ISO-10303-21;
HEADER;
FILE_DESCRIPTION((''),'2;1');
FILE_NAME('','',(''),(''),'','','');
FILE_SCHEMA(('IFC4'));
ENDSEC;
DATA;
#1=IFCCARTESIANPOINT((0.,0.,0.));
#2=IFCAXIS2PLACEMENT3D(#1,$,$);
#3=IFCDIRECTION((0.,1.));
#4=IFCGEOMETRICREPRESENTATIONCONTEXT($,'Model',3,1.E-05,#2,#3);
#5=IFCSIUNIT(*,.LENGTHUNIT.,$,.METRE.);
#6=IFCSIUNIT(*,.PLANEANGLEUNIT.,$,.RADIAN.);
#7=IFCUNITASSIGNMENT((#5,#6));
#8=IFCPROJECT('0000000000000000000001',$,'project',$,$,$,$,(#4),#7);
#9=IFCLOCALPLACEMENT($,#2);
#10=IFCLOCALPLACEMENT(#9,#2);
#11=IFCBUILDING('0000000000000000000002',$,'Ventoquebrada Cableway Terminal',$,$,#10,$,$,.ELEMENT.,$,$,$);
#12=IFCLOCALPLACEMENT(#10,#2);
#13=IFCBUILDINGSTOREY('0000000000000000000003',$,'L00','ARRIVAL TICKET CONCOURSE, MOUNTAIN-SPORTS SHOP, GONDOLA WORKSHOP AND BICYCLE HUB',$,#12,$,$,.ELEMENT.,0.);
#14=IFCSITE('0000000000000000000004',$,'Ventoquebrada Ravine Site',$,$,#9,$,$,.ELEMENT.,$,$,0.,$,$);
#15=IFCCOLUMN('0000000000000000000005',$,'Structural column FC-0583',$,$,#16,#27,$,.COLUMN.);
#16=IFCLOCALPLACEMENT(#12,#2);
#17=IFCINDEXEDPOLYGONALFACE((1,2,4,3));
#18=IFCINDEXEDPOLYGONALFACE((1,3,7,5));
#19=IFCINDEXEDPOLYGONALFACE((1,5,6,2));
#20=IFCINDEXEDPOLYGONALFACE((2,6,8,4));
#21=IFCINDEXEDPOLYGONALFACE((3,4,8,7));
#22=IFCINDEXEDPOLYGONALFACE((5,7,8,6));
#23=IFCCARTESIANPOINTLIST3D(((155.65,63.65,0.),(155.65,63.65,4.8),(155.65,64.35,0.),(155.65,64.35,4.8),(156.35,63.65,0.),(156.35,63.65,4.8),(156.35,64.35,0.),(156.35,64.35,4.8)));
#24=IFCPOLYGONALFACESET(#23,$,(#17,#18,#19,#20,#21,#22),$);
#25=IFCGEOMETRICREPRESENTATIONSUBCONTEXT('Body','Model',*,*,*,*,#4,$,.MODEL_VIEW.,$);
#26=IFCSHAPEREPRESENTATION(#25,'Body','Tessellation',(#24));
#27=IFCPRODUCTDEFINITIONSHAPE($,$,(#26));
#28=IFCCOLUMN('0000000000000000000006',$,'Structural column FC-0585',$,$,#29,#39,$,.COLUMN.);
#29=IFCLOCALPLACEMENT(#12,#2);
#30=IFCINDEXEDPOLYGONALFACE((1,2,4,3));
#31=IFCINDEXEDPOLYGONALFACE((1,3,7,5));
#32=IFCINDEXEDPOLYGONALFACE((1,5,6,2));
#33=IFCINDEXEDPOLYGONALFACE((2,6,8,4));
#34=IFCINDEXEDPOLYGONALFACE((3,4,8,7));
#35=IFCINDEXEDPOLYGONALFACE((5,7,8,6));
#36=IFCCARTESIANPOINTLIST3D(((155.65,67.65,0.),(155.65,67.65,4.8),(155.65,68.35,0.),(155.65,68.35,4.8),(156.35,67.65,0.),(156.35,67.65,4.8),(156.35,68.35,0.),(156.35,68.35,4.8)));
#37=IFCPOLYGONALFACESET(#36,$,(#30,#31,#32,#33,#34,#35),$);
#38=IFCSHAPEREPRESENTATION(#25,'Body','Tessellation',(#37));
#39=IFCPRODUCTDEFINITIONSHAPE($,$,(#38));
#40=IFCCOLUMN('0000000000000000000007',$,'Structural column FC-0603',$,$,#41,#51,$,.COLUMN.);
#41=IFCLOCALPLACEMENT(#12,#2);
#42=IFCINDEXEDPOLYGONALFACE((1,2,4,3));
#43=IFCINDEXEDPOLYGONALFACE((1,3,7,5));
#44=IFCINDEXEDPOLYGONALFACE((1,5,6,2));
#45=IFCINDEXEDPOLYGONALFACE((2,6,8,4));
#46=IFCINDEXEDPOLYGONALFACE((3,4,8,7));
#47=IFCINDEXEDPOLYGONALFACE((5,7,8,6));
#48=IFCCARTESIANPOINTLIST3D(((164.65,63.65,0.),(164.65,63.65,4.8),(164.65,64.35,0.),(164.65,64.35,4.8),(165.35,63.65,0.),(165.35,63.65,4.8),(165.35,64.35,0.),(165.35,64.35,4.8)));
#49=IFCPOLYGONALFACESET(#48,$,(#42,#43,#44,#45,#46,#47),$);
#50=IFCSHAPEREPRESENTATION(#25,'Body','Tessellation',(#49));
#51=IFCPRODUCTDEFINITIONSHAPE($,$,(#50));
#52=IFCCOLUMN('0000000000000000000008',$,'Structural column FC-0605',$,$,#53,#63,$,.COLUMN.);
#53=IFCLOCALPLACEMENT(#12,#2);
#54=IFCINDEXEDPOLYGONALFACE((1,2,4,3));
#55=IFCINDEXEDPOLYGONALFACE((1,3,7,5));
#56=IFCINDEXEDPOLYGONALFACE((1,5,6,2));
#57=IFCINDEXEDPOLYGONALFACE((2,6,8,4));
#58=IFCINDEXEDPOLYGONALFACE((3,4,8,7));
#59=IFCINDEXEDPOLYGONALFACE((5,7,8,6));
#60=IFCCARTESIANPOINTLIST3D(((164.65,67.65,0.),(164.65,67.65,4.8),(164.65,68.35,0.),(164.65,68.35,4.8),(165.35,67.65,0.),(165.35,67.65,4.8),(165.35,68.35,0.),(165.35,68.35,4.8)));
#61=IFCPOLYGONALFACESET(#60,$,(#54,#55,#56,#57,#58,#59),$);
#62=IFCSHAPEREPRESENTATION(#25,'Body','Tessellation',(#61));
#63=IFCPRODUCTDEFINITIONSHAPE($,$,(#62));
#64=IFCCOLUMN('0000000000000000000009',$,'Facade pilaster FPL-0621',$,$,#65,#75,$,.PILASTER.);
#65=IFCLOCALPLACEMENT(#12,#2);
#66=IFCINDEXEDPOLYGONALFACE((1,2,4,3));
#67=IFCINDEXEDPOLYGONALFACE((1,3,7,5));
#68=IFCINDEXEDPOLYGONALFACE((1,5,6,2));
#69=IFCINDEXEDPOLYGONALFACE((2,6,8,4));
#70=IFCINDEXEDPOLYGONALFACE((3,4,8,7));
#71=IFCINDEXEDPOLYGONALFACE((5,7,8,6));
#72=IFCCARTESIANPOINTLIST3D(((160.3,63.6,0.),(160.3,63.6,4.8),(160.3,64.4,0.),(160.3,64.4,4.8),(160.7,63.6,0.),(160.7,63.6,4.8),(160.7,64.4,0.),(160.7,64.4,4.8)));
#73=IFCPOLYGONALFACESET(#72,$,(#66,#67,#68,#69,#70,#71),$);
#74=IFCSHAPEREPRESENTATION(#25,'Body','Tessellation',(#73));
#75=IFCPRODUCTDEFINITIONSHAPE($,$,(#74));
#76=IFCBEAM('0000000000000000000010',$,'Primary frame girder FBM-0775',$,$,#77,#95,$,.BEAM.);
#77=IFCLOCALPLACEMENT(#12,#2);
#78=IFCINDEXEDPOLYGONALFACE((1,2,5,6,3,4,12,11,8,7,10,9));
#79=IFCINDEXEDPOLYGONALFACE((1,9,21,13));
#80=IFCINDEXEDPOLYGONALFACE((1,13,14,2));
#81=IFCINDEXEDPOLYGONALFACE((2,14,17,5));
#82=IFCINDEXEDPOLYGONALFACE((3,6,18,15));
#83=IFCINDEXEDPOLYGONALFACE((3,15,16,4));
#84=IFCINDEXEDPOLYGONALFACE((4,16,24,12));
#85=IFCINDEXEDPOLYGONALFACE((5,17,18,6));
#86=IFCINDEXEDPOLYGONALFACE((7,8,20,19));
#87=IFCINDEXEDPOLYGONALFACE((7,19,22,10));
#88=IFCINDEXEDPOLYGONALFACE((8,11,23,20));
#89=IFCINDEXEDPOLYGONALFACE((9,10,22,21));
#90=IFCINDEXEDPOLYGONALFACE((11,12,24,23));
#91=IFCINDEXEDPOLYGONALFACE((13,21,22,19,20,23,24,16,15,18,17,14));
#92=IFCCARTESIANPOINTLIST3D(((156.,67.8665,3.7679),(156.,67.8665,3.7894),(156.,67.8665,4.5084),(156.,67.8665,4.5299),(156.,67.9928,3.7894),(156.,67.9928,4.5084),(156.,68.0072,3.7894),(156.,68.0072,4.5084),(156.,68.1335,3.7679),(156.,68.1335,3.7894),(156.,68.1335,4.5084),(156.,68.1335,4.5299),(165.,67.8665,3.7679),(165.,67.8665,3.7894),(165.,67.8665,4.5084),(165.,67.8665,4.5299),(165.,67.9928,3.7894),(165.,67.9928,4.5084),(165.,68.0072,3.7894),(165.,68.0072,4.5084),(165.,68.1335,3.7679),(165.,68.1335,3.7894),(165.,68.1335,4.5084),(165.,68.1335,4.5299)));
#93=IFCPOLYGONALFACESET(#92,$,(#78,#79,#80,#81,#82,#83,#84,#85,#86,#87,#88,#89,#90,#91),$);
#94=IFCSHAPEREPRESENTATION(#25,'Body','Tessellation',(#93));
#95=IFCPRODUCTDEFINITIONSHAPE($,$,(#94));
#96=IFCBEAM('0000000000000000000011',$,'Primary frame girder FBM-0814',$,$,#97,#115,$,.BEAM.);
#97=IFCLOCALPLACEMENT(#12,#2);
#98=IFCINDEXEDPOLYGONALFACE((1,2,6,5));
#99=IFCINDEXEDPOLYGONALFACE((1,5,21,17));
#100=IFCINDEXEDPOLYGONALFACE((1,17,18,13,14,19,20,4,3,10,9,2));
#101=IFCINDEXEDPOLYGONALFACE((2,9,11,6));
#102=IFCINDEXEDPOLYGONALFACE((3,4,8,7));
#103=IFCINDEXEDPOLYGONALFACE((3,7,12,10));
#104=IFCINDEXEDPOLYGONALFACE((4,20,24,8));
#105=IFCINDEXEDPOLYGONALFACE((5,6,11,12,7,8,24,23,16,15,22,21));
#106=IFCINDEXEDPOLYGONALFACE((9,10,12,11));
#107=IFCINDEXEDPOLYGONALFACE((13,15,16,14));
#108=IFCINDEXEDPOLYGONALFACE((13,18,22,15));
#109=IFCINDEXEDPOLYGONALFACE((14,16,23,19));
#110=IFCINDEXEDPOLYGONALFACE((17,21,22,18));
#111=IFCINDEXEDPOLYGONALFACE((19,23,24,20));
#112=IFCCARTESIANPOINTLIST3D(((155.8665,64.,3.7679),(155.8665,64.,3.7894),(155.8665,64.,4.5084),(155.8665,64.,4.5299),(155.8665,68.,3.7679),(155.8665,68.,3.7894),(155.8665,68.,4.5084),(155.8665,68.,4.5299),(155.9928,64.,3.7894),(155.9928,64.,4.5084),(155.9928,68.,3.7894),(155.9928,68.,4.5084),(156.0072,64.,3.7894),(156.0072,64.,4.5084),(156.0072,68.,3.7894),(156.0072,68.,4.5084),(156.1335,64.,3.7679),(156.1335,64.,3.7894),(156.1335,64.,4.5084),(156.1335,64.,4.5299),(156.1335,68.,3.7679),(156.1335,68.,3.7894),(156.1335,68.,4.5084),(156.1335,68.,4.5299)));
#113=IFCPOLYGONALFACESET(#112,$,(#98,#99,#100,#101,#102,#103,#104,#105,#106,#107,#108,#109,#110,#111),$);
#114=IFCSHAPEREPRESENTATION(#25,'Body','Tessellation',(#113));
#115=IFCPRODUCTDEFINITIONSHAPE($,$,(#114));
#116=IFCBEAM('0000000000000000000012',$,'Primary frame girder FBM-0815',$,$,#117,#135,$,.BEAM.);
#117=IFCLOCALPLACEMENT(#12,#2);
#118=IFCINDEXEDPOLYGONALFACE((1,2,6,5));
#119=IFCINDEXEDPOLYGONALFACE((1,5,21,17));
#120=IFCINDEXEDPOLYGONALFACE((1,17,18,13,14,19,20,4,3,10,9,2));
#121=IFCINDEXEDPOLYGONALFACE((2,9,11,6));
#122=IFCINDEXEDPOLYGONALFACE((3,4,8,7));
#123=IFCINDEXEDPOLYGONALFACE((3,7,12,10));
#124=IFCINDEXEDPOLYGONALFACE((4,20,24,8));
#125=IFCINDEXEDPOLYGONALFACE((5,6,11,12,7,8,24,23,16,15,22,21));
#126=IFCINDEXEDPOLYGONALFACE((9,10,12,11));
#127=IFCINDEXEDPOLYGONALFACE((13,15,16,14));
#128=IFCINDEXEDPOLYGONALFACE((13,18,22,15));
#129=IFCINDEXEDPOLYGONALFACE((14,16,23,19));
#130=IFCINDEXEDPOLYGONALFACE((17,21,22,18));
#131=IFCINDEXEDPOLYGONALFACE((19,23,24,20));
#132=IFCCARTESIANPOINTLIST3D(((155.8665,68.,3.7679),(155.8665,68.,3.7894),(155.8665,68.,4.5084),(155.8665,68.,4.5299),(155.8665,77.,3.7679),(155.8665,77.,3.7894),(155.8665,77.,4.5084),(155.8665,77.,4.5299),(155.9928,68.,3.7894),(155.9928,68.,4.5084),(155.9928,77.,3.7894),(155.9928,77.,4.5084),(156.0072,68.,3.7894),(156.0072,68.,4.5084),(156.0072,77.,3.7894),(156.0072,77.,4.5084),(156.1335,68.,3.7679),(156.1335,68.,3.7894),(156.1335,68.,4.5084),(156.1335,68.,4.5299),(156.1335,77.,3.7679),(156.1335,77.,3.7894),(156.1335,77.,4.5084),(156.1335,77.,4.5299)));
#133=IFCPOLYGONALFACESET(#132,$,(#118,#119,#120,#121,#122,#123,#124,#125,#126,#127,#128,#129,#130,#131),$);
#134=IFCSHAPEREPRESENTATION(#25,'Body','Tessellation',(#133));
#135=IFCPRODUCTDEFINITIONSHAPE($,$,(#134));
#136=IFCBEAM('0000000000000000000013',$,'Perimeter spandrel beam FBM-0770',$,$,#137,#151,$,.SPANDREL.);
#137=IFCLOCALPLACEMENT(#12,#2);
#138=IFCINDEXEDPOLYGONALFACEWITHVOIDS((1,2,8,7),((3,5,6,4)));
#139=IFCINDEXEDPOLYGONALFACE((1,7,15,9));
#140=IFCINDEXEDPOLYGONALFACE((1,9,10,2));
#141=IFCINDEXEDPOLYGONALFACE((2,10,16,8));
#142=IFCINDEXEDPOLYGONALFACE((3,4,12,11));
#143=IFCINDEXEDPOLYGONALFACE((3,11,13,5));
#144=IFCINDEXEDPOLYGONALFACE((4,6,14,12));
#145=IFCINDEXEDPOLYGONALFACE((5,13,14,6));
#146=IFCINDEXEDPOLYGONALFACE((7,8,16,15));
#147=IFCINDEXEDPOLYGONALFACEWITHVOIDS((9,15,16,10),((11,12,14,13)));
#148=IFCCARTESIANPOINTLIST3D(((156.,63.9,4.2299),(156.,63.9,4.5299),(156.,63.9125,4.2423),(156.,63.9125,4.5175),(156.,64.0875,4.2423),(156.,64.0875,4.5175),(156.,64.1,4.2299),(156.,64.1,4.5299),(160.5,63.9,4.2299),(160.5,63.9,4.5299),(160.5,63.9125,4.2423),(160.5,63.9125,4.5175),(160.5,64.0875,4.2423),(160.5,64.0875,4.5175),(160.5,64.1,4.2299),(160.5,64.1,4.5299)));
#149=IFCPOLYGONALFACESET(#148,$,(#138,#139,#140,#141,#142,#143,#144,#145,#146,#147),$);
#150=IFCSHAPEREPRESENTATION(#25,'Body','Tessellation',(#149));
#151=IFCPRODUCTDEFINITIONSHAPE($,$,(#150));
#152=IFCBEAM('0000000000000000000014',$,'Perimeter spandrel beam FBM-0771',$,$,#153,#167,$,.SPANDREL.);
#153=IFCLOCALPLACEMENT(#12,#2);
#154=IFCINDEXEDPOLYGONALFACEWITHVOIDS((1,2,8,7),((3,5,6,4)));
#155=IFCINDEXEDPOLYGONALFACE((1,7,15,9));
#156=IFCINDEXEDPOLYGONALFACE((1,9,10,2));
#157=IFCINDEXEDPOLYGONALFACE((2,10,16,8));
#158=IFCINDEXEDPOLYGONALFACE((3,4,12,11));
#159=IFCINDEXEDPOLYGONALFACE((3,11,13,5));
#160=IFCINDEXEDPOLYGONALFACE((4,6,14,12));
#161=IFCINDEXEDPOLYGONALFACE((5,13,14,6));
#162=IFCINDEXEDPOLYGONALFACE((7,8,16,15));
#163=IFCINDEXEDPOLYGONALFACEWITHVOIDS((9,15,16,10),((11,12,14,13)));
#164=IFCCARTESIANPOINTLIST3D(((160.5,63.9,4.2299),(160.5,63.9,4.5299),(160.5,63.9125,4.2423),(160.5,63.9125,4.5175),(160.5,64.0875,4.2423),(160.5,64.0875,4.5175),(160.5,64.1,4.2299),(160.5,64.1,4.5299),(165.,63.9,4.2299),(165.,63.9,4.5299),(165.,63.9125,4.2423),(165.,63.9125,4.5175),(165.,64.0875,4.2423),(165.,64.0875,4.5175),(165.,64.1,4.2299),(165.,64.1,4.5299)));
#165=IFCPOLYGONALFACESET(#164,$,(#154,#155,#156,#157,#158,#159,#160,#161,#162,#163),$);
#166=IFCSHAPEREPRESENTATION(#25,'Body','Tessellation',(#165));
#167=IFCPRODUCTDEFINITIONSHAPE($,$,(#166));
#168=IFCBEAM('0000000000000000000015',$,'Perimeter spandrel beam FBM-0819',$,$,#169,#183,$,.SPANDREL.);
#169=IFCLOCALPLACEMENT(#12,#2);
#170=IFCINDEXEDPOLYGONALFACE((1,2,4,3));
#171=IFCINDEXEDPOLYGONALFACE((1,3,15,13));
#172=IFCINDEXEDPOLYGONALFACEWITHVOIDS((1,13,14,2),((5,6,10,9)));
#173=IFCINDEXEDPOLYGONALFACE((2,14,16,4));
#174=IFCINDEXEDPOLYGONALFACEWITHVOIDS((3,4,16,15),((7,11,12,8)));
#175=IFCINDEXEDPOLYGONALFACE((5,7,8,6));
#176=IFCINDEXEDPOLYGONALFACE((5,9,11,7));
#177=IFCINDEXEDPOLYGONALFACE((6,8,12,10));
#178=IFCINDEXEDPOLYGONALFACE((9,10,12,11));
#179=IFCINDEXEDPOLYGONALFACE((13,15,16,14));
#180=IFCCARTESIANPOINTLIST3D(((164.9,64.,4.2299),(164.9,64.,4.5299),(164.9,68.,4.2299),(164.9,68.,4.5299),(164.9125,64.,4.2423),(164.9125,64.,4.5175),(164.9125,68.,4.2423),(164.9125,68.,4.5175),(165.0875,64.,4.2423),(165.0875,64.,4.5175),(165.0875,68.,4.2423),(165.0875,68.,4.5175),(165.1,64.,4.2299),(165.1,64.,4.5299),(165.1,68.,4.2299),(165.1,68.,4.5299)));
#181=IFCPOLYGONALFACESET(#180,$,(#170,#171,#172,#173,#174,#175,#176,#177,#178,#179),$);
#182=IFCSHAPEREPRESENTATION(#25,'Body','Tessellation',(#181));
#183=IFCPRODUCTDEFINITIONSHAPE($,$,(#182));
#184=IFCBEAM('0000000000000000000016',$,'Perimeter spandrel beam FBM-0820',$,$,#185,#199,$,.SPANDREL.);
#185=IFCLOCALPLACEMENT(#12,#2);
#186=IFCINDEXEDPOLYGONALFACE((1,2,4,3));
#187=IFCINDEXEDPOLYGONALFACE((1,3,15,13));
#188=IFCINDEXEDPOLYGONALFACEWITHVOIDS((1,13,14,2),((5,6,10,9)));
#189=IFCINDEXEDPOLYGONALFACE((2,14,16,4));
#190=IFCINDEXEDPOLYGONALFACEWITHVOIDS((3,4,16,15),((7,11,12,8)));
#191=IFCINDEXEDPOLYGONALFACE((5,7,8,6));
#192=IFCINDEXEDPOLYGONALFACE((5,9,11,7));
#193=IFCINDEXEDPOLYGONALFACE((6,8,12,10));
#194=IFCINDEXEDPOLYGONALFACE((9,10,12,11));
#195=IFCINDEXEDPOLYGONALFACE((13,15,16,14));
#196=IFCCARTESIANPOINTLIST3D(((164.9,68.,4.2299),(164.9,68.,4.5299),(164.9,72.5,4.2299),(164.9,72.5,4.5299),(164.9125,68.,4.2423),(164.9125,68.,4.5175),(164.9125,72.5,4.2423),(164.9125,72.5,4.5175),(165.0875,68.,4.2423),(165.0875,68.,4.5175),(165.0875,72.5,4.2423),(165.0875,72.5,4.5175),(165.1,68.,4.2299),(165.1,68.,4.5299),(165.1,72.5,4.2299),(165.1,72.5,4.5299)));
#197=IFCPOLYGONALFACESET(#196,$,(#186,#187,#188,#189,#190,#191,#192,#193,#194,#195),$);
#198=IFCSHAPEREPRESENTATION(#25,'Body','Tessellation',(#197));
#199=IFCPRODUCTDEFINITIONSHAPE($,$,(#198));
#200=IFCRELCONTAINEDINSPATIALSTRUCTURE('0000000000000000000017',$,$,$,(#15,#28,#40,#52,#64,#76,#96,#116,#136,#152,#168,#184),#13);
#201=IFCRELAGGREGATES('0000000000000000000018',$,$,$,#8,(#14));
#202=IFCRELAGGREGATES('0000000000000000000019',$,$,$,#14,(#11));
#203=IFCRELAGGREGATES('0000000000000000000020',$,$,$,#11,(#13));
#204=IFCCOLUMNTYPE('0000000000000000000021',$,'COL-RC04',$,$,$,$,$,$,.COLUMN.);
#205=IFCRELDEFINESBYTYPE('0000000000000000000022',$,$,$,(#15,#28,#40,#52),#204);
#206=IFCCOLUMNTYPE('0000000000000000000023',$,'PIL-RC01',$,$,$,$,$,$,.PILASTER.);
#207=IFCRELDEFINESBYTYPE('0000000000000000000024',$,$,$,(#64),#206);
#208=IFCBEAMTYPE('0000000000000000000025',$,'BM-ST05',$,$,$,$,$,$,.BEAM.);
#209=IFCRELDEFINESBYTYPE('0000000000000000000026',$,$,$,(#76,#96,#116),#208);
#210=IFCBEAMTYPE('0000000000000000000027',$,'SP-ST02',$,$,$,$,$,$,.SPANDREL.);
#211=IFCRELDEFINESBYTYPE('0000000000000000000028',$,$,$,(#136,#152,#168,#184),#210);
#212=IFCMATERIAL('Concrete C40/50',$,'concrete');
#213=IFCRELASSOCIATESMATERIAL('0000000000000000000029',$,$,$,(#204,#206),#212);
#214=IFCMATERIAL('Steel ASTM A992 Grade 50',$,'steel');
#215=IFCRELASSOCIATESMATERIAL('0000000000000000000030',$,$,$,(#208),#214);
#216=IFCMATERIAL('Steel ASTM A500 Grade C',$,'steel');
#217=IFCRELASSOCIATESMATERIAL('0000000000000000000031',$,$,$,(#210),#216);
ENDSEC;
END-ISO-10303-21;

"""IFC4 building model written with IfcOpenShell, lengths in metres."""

from ifc_helpers import new_model, si_unit, direction, frame, origin, origin_2d, place, context, subcontext, project, spatial, rectangle, hollow_rectangle, i_section, extrude, material, material_profile, profile_set, type_object, element, save


model = new_model("IFC4")

# Units and contexts
model_context = context("Model", 3, precision=1e-05, world=origin(), true_north=direction((0.0, 1.0)))
body_context = subcontext(model_context, "Body", "Model", "MODEL_VIEW")
ifc_project = project(units=[si_unit("LENGTHUNIT", "METRE"), si_unit("PLANEANGLEUNIT", "RADIAN")], contexts=[model_context])

# Site, building, storey
site_placement = place(None, origin())
site = spatial("IfcSite", under=ifc_project, at=site_placement, Name="Ventoquebrada Ravine Site", CompositionType="ELEMENT", RefElevation=0.0)
building_placement = place(site_placement, origin())
building = spatial("IfcBuilding", under=site, at=building_placement, Name="Ventoquebrada Cableway Terminal", CompositionType="ELEMENT")
storey_placement = place(building_placement, origin())
storey = spatial("IfcBuildingStorey", under=building, at=storey_placement, Name="L00", Description="ARRIVAL TICKET CONCOURSE, MOUNTAIN-SPORTS SHOP, GONDOLA WORKSHOP AND BICYCLE HUB", CompositionType="ELEMENT", Elevation=0.0)

# Columns
ifc_material_1 = material(Name="Concrete C40/50", Category="concrete")
ifc_material_profile_1 = material_profile(ifc_material_1, rectangle(XDim=0.7, YDim=0.7, at=origin_2d()), Name="RC-COL-700X700")
ifc_profile_set_1 = profile_set([ifc_material_profile_1], Name="Concrete C40/50")
column_type_1 = type_object("IfcColumnType", Name="COL-RC04", PredefinedType="COLUMN", material=ifc_profile_set_1)
for number, where, z_axis, x_axis, name in (
    (1, (156.0, 64.0, 0.0), (0.0, 0.0, 1.0), (1.0, 0.0, 0.0), "Structural column FC-0583"),
    (2, (156.0, 68.0, 0.0), (0.0, 0.0, 1.0), (1.0, 0.0, 0.0), "Structural column FC-0585"),
    (3, (165.0, 64.0, 0.0), (0.0, 0.0, 1.0), (1.0, 0.0, 0.0), "Structural column FC-0603"),
    (4, (165.0, 68.0, 0.0), (0.0, 0.0, 1.0), (1.0, 0.0, 0.0), "Structural column FC-0605"),
):
    element("IfcColumn", number, at=place(storey_placement, frame(where, z_axis=z_axis, x_axis=x_axis)), inside=storey, type_object=column_type_1, Name=name, PredefinedType="COLUMN", context=body_context, shape_type="SweptSolid", body=[
        extrude(rectangle(XDim=0.7, YDim=0.7, at=origin_2d()), origin(), (0.0, 0.0, 1.0), 4.8),
    ])
ifc_material_profile_2 = material_profile(ifc_material_1, rectangle(XDim=0.3999, YDim=0.8, at=origin_2d()), Name="RC-PIL-400X800")
ifc_profile_set_2 = profile_set([ifc_material_profile_2], Name="Concrete C40/50")
column_type_2 = type_object("IfcColumnType", Name="PIL-RC01", PredefinedType="PILASTER", material=ifc_profile_set_2)
column_placement = place(storey_placement, frame((160.5, 64.0, 0.0), z_axis=(0.0, 0.0, 1.0), x_axis=(1.0, 0.0, 0.0)))
element("IfcColumn", 5, at=column_placement, inside=storey, type_object=column_type_2, Name="Facade pilaster FPL-0621", PredefinedType="PILASTER", context=body_context, shape_type="SweptSolid", body=[
    extrude(rectangle(XDim=0.3999, YDim=0.8, at=origin_2d()), origin(), (0.0, 0.0, 1.0), 4.8),
])

# Beams
ifc_material_2 = material(Name="Steel ASTM A992 Grade 50", Category="steel")
ifc_material_profile_3 = material_profile(ifc_material_2, i_section(OverallWidth=0.2671, OverallDepth=0.762, WebThickness=0.0144, FlangeThickness=0.0215, at=origin_2d()), Name="W30X116")
ifc_profile_set_3 = profile_set([ifc_material_profile_3], Name="Steel ASTM A992 Grade 50")
beam_type_1 = type_object("IfcBeamType", Name="BM-ST05", PredefinedType="BEAM", material=ifc_profile_set_3)
beam_1_placement = place(storey_placement, frame((156.0, 68.0, 4.1489), z_axis=(1.0, 0.0, 0.0), x_axis=(0.0, 1.0, 0.0)))
element("IfcBeam", 6, at=beam_1_placement, inside=storey, type_object=beam_type_1, Name="Primary frame girder FBM-0775", PredefinedType="BEAM", context=body_context, shape_type="SweptSolid", body=[
    extrude(i_section(OverallWidth=0.2671, OverallDepth=0.762, WebThickness=0.0144, FlangeThickness=0.0215, at=origin_2d()), origin(), (0.0, 0.0, 1.0), 9.0),
])
beam_2_placement = place(storey_placement, frame((156.0, 64.0, 4.1489), z_axis=(0.0, 1.0, 0.0), x_axis=(-1.0, 0.0, 0.0)))
element("IfcBeam", 7, at=beam_2_placement, inside=storey, type_object=beam_type_1, Name="Primary frame girder FBM-0814", PredefinedType="BEAM", context=body_context, shape_type="SweptSolid", body=[
    extrude(i_section(OverallWidth=0.2671, OverallDepth=0.762, WebThickness=0.0144, FlangeThickness=0.0215, at=origin_2d()), origin(), (0.0, 0.0, 1.0), 4.0),
])
beam_3_placement = place(storey_placement, frame((156.0, 68.0, 4.1489), z_axis=(0.0, 1.0, 0.0), x_axis=(-1.0, 0.0, 0.0)))
element("IfcBeam", 8, at=beam_3_placement, inside=storey, type_object=beam_type_1, Name="Primary frame girder FBM-0815", PredefinedType="BEAM", context=body_context, shape_type="SweptSolid", body=[
    extrude(i_section(OverallWidth=0.2671, OverallDepth=0.762, WebThickness=0.0144, FlangeThickness=0.0215, at=origin_2d()), origin(), (0.0, 0.0, 1.0), 9.0),
])
ifc_material_3 = material(Name="Steel ASTM A500 Grade C", Category="steel")
ifc_material_profile_4 = material_profile(ifc_material_3, hollow_rectangle(XDim=0.2, YDim=0.3, WallThickness=0.0125, at=origin_2d()), Name="RHS300X200X12.5")
ifc_profile_set_4 = profile_set([ifc_material_profile_4], Name="Steel ASTM A500 Grade C")
beam_type_2 = type_object("IfcBeamType", Name="SP-ST02", PredefinedType="SPANDREL", material=ifc_profile_set_4)
for number, where, z_axis, x_axis, name in (
    (9, (156.0, 64.0, 4.3799), (1.0, 0.0, 0.0), (0.0, 1.0, 0.0), "Perimeter spandrel beam FBM-0770"),
    (10, (160.5, 64.0, 4.3799), (1.0, 0.0, 0.0), (0.0, 1.0, 0.0), "Perimeter spandrel beam FBM-0771"),
):
    element("IfcBeam", number, at=place(storey_placement, frame(where, z_axis=z_axis, x_axis=x_axis)), inside=storey, type_object=beam_type_2, Name=name, PredefinedType="SPANDREL", context=body_context, shape_type="SweptSolid", body=[
        extrude(hollow_rectangle(XDim=0.2, YDim=0.3, WallThickness=0.0125, at=origin_2d()), origin(), (0.0, 0.0, 1.0), 4.5),
    ])
beam_4_placement = place(storey_placement, frame((165.0, 64.0, 4.3799), z_axis=(0.0, 1.0, 0.0), x_axis=(-1.0, 0.0, 0.0)))
element("IfcBeam", 11, at=beam_4_placement, inside=storey, type_object=beam_type_2, Name="Perimeter spandrel beam FBM-0819", PredefinedType="SPANDREL", context=body_context, shape_type="SweptSolid", body=[
    extrude(hollow_rectangle(XDim=0.2, YDim=0.3, WallThickness=0.0125, at=origin_2d()), origin(), (0.0, 0.0, 1.0), 4.0),
])
beam_5_placement = place(storey_placement, frame((165.0, 68.0, 4.3799), z_axis=(0.0, 1.0, 0.0), x_axis=(-1.0, 0.0, 0.0)))
element("IfcBeam", 12, at=beam_5_placement, inside=storey, type_object=beam_type_2, Name="Perimeter spandrel beam FBM-0820", PredefinedType="SPANDREL", context=body_context, shape_type="SweptSolid", body=[
    extrude(hollow_rectangle(XDim=0.2, YDim=0.3, WallThickness=0.0125, at=origin_2d()), origin(), (0.0, 0.0, 1.0), 4.5),
])

save(model, "model.ifc")
